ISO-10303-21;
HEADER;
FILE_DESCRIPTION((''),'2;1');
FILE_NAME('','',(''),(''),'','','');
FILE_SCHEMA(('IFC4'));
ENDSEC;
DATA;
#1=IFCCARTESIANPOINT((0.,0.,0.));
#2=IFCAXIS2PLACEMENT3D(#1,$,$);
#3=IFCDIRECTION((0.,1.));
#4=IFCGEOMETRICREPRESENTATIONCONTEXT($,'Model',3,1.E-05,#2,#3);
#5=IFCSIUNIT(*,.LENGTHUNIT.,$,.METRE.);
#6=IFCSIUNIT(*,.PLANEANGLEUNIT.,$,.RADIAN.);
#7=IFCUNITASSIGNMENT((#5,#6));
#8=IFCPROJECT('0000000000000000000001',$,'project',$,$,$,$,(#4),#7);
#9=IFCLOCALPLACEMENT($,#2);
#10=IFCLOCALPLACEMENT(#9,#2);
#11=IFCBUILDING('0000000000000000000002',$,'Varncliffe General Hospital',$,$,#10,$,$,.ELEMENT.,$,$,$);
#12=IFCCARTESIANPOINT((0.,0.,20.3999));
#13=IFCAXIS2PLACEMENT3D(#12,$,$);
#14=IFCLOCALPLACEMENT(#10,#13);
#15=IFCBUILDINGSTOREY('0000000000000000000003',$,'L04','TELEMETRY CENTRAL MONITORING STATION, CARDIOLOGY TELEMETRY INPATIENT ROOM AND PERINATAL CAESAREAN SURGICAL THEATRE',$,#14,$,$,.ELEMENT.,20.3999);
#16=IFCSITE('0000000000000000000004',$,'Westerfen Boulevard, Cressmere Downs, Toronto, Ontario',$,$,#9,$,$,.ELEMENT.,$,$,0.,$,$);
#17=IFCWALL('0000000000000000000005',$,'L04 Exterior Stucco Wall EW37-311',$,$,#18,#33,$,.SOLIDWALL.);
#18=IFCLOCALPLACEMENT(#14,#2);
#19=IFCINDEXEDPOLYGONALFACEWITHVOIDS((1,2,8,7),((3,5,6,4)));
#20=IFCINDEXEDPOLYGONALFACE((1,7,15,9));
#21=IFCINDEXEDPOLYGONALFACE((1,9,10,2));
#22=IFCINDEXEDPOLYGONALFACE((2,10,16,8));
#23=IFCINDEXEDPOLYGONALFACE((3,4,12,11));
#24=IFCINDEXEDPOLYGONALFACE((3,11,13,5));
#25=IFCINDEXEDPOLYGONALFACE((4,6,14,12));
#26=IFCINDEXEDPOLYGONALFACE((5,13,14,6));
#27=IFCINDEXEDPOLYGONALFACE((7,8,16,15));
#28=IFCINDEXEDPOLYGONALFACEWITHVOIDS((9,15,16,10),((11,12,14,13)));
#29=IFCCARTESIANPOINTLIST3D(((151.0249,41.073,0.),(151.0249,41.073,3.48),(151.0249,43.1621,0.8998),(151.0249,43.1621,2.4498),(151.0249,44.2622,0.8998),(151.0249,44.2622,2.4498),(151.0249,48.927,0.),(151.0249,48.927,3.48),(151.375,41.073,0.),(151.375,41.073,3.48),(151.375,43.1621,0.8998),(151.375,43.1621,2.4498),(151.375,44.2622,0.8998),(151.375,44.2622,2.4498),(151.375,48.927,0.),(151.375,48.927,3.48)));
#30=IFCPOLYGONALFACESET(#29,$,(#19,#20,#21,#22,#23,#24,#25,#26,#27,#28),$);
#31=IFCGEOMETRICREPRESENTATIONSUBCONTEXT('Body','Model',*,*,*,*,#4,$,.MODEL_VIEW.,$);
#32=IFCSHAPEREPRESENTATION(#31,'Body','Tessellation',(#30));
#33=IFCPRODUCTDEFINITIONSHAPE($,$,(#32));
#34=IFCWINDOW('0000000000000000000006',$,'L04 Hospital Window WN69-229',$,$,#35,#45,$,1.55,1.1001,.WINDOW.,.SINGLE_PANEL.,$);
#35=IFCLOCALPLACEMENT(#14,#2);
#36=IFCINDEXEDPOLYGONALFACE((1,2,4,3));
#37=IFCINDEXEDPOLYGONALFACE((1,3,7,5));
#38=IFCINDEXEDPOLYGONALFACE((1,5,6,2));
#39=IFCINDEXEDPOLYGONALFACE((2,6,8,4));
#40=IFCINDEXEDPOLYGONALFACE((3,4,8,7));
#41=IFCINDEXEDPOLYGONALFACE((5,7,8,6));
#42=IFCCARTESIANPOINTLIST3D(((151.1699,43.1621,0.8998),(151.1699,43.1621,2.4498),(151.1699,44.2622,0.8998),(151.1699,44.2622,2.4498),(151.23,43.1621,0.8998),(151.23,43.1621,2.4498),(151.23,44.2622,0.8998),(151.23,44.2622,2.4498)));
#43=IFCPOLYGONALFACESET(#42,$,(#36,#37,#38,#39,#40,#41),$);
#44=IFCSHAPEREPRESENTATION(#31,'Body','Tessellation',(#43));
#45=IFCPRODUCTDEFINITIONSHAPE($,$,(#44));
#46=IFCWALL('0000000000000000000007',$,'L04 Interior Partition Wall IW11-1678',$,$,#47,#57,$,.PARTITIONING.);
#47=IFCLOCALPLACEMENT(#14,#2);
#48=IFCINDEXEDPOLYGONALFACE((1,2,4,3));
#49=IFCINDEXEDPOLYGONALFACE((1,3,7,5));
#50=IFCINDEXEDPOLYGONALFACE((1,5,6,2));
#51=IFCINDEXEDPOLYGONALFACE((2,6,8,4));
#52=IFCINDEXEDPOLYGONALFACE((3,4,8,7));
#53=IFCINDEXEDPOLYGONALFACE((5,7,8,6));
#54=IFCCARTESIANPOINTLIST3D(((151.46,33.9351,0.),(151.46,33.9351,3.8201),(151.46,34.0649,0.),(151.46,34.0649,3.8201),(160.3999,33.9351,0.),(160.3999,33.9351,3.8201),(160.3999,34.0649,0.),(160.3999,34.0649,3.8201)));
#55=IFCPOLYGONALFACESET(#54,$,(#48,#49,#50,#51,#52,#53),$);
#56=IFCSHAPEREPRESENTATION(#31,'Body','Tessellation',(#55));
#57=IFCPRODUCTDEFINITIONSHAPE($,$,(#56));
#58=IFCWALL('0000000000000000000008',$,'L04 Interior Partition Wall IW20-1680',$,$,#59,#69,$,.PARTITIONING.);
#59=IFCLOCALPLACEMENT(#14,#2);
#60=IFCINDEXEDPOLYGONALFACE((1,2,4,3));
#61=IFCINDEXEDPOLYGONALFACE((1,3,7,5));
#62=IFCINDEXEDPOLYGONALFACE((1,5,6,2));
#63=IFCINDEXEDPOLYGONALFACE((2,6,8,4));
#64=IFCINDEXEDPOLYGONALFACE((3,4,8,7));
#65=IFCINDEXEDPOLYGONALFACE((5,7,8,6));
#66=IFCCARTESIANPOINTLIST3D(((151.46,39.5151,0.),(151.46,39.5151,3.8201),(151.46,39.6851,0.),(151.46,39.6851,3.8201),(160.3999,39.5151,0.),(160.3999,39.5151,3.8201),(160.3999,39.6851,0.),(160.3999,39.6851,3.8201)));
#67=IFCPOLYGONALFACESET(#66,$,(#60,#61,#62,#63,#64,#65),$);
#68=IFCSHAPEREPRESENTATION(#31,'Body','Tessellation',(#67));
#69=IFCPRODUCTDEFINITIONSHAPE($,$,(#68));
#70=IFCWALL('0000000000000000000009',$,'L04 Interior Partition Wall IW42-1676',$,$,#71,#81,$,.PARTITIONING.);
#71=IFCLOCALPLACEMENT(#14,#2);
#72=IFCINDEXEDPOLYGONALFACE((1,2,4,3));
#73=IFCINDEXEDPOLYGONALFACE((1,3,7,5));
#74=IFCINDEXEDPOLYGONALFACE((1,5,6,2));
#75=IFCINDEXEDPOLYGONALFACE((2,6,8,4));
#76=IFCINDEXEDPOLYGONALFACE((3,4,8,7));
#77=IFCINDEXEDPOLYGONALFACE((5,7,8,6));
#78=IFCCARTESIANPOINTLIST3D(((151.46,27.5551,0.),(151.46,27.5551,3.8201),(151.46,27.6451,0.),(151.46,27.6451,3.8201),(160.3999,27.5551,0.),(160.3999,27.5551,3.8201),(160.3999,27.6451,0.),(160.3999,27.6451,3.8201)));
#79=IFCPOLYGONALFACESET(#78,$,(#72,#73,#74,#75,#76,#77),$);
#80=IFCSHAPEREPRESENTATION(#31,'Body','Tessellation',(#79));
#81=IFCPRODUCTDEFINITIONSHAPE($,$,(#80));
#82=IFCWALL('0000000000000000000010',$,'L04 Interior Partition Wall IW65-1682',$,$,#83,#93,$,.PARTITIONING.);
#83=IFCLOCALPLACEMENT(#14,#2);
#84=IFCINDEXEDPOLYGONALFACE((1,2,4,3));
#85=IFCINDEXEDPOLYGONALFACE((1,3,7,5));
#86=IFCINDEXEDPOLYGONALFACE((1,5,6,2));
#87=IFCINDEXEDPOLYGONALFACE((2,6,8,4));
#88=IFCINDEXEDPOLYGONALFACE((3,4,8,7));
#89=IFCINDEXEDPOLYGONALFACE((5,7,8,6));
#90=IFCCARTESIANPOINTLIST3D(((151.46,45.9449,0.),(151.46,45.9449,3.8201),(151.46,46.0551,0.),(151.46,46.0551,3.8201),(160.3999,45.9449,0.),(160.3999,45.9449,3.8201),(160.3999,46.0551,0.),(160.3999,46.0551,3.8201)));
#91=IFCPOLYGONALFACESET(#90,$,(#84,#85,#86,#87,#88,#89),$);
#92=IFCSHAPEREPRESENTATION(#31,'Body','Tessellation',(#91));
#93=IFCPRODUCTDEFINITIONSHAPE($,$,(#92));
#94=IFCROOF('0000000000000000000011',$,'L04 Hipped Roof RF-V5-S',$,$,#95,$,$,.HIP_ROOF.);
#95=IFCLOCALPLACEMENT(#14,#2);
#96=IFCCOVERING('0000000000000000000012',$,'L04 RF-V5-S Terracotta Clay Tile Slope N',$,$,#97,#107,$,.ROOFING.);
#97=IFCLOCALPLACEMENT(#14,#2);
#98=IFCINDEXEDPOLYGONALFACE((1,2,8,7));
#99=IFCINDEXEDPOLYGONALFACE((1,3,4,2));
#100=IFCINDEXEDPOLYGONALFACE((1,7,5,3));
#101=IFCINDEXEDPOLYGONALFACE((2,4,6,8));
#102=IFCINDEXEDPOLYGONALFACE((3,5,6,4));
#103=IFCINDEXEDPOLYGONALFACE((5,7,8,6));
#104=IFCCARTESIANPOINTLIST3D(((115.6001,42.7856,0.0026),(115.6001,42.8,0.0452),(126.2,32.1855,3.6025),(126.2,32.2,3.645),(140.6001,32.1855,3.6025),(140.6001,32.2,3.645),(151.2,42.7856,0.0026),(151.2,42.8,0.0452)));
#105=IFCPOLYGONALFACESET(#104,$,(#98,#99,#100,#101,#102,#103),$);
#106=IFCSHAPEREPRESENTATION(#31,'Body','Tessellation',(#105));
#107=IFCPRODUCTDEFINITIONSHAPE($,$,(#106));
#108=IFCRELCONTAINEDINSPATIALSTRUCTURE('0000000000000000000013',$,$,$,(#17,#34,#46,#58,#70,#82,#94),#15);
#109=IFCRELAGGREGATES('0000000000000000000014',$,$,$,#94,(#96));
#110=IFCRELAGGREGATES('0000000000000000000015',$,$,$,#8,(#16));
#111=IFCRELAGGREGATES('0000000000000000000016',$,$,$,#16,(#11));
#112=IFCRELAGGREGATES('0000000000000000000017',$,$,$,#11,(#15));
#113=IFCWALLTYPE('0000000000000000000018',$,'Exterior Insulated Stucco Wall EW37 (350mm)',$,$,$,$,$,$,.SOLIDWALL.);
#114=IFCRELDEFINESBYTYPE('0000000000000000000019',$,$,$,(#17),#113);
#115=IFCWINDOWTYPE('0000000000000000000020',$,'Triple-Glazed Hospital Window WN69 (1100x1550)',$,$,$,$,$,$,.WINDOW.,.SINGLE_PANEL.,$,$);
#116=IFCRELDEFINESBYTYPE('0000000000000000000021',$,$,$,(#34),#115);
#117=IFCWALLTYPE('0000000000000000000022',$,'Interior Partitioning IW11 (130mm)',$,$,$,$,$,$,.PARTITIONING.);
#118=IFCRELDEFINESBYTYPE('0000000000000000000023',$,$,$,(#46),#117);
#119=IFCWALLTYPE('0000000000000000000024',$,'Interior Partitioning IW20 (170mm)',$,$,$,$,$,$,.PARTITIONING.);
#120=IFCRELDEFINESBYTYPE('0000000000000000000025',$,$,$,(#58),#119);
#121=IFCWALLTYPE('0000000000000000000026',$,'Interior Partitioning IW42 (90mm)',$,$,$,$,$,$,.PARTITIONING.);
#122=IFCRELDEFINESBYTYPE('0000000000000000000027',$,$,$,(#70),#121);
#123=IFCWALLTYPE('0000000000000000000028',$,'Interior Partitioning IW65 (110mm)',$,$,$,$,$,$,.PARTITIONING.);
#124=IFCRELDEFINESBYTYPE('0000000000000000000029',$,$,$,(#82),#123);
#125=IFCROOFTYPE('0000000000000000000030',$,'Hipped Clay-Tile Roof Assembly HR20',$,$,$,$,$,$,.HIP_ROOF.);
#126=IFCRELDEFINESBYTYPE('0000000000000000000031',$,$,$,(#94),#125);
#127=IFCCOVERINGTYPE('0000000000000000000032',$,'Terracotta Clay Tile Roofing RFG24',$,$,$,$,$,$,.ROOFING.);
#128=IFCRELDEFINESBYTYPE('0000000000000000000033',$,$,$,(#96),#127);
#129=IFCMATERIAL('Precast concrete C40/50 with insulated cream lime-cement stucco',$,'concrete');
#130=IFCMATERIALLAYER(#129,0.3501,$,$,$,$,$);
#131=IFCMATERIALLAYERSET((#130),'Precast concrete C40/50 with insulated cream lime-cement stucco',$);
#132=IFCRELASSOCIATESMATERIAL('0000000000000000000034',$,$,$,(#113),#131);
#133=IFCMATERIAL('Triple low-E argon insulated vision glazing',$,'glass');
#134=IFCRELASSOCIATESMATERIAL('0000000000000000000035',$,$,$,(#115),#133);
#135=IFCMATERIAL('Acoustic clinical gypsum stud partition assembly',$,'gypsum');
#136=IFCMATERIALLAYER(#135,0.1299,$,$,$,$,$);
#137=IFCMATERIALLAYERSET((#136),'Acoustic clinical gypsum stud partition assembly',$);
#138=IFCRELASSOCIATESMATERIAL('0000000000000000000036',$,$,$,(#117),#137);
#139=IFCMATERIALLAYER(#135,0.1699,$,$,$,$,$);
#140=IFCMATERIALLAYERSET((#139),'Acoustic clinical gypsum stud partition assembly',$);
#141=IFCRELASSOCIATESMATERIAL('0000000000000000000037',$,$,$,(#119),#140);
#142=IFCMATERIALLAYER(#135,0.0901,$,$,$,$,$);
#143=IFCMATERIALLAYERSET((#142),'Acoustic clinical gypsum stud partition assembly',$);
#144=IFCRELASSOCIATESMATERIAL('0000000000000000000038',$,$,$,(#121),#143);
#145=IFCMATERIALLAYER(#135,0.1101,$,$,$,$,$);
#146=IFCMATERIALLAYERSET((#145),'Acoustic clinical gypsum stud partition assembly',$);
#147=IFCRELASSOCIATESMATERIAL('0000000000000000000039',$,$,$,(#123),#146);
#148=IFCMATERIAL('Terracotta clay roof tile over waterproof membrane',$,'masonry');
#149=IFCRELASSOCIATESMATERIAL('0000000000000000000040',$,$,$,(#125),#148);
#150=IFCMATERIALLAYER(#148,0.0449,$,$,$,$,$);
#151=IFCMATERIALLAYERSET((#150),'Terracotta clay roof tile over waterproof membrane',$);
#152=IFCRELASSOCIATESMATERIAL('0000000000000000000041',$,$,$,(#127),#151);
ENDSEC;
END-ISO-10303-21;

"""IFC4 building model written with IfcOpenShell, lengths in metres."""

from ifc_helpers import new_model, si_unit, direction, frame, frame_2d, origin, place, context, subcontext, project, spatial, polyline, rectangle, outline, extrude, material, layer, layer_set, type_object, element, fill, aggregate, save


model = new_model("IFC4")

# Units and contexts
model_context = context("Model", 3, precision=1e-05, world=origin(), true_north=direction((0.0, 1.0)))
body_context = subcontext(model_context, "Body", "Model", "MODEL_VIEW")
ifc_project = project(units=[si_unit("LENGTHUNIT", "METRE"), si_unit("PLANEANGLEUNIT", "RADIAN")], contexts=[model_context])

# Site, building, storey
site_placement = place(None, origin())
site = spatial("IfcSite", under=ifc_project, at=site_placement, Name="Westerfen Boulevard, Cressmere Downs, Toronto, Ontario", CompositionType="ELEMENT", RefElevation=0.0)
building_placement = place(site_placement, origin())
building = spatial("IfcBuilding", under=site, at=building_placement, Name="Varncliffe General Hospital", CompositionType="ELEMENT")
storey_placement = place(building_placement, frame((0.0, 0.0, 20.3999)))
storey = spatial("IfcBuildingStorey", under=building, at=storey_placement, Name="L04", Description="TELEMETRY CENTRAL MONITORING STATION, CARDIOLOGY TELEMETRY INPATIENT ROOM AND PERINATAL CAESAREAN SURGICAL THEATRE", CompositionType="ELEMENT", Elevation=20.3999)

# Wall, opening, window
ifc_material_1 = material(Name="Precast concrete C40/50 with insulated cream lime-cement stucco", Category="concrete")
ifc_material_2 = material(Name="Triple low-E argon insulated vision glazing", Category="glass")
ifc_layer_1 = layer(ifc_material_1, 0.3501)
ifc_layer_set_1 = layer_set([ifc_layer_1], Name="Precast concrete C40/50 with insulated cream lime-cement stucco")
wall_type_1 = type_object("IfcWallType", Name="Exterior Insulated Stucco Wall EW37 (350mm)", PredefinedType="SOLIDWALL", material=ifc_layer_set_1)
wall_1_placement = place(storey_placement, frame((151.2, 41.073, 0.0), z_axis=(0.0, 0.0, 1.0), x_axis=(0.0, 1.0, 0.0)))
wall_1 = element("IfcWall", 1, at=wall_1_placement, inside=storey, type_object=wall_type_1, Name="L04 Exterior Stucco Wall EW37-311", PredefinedType="SOLIDWALL", context=body_context, shape_type="SweptSolid", body=[
    extrude(rectangle(XDim=7.854, YDim=0.3501, at=frame_2d((3.927, 0.0))), origin(), (0.0, 0.0, 1.0), 3.48),
])
opening_1_placement = place(wall_1_placement, frame((2.0891, 0.0, 0.8999)))
opening_1 = element("IfcOpeningElement", 2, at=opening_1_placement, cuts=wall_1, PredefinedType="OPENING", context=body_context, shape_type="SweptSolid", body=[
    extrude(rectangle(XDim=1.1001, YDim=1.55, at=frame_2d((0.55, 0.7749))), frame((0.0, 0.1851, 0.0), z_axis=(0.0, -1.0, 0.0), x_axis=(1.0, 0.0, 0.0)), (0.0, 0.0, 1.0), 0.3701),
])
window_type_1 = type_object("IfcWindowType", Name="Triple-Glazed Hospital Window WN69 (1100x1550)", PartitioningType="SINGLE_PANEL", PredefinedType="WINDOW", material=ifc_material_2)
window_1_placement = place(opening_1_placement, origin())
window_1 = element("IfcWindow", 3, at=window_1_placement, inside=storey, type_object=window_type_1, Name="L04 Hospital Window WN69-229", OverallHeight=1.55, OverallWidth=1.1001, PartitioningType="SINGLE_PANEL", PredefinedType="WINDOW", context=body_context, shape_type="SweptSolid", body=[
    extrude(rectangle(XDim=1.1001, YDim=1.55, at=frame_2d((0.55, 0.7749))), frame((0.0, 0.03, 0.0), z_axis=(0.0, -1.0, 0.0), x_axis=(1.0, 0.0, 0.0)), (0.0, 0.0, 1.0), 0.0601),
])
fill(opening_1, window_1)

# Walls
ifc_material_3 = material(Name="Acoustic clinical gypsum stud partition assembly", Category="gypsum")
ifc_layer_2 = layer(ifc_material_3, 0.1299)
ifc_layer_set_2 = layer_set([ifc_layer_2], Name="Acoustic clinical gypsum stud partition assembly")
wall_type_2 = type_object("IfcWallType", Name="Interior Partitioning IW11 (130mm)", PredefinedType="PARTITIONING", material=ifc_layer_set_2)
wall_2_placement = place(storey_placement, frame((151.46, 34.0, 0.0), z_axis=(0.0, 0.0, 1.0), x_axis=(1.0, 0.0, 0.0)))
element("IfcWall", 4, at=wall_2_placement, inside=storey, type_object=wall_type_2, Name="L04 Interior Partition Wall IW11-1678", PredefinedType="PARTITIONING", context=body_context, shape_type="SweptSolid", body=[
    extrude(rectangle(XDim=8.9399, YDim=0.1299, at=frame_2d((4.47, 0.0))), origin(), (0.0, 0.0, 1.0), 3.8201),
])
ifc_layer_3 = layer(ifc_material_3, 0.1699)
ifc_layer_set_3 = layer_set([ifc_layer_3], Name="Acoustic clinical gypsum stud partition assembly")
wall_type_3 = type_object("IfcWallType", Name="Interior Partitioning IW20 (170mm)", PredefinedType="PARTITIONING", material=ifc_layer_set_3)
wall_3_placement = place(storey_placement, frame((151.46, 39.6001, 0.0), z_axis=(0.0, 0.0, 1.0), x_axis=(1.0, 0.0, 0.0)))
element("IfcWall", 5, at=wall_3_placement, inside=storey, type_object=wall_type_3, Name="L04 Interior Partition Wall IW20-1680", PredefinedType="PARTITIONING", context=body_context, shape_type="SweptSolid", body=[
    extrude(rectangle(XDim=8.9399, YDim=0.1699, at=frame_2d((4.47, 0.0))), origin(), (0.0, 0.0, 1.0), 3.8201),
])
ifc_layer_4 = layer(ifc_material_3, 0.0901)
ifc_layer_set_4 = layer_set([ifc_layer_4], Name="Acoustic clinical gypsum stud partition assembly")
wall_type_4 = type_object("IfcWallType", Name="Interior Partitioning IW42 (90mm)", PredefinedType="PARTITIONING", material=ifc_layer_set_4)
wall_4_placement = place(storey_placement, frame((151.46, 27.6001, 0.0), z_axis=(0.0, 0.0, 1.0), x_axis=(1.0, 0.0, 0.0)))
element("IfcWall", 6, at=wall_4_placement, inside=storey, type_object=wall_type_4, Name="L04 Interior Partition Wall IW42-1676", PredefinedType="PARTITIONING", context=body_context, shape_type="SweptSolid", body=[
    extrude(rectangle(XDim=8.9399, YDim=0.0901, at=frame_2d((4.47, 0.0))), origin(), (0.0, 0.0, 1.0), 3.8201),
])
ifc_layer_5 = layer(ifc_material_3, 0.1101)
ifc_layer_set_5 = layer_set([ifc_layer_5], Name="Acoustic clinical gypsum stud partition assembly")
wall_type_5 = type_object("IfcWallType", Name="Interior Partitioning IW65 (110mm)", PredefinedType="PARTITIONING", material=ifc_layer_set_5)
wall_5_placement = place(storey_placement, frame((151.46, 46.0, 0.0), z_axis=(0.0, 0.0, 1.0), x_axis=(1.0, 0.0, 0.0)))
element("IfcWall", 7, at=wall_5_placement, inside=storey, type_object=wall_type_5, Name="L04 Interior Partition Wall IW65-1682", PredefinedType="PARTITIONING", context=body_context, shape_type="SweptSolid", body=[
    extrude(rectangle(XDim=8.9399, YDim=0.1101, at=frame_2d((4.47, 0.0))), origin(), (0.0, 0.0, 1.0), 3.8201),
])

# Roof, covering
ifc_material_4 = material(Name="Terracotta clay roof tile over waterproof membrane", Category="masonry")
roof_type = type_object("IfcRoofType", Name="Hipped Clay-Tile Roof Assembly HR20", PredefinedType="HIP_ROOF", material=ifc_material_4)
roof_placement = place(storey_placement, origin())
roof = element("IfcRoof", 8, at=roof_placement, inside=storey, type_object=roof_type, Name="L04 Hipped Roof RF-V5-S", PredefinedType="HIP_ROOF")
ifc_layer_6 = layer(ifc_material_4, 0.0449)
ifc_layer_set_6 = layer_set([ifc_layer_6], Name="Terracotta clay roof tile over waterproof membrane")
covering_type = type_object("IfcCoveringType", Name="Terracotta Clay Tile Roofing RFG24", PredefinedType="ROOFING", material=ifc_layer_set_6)
covering_placement = place(storey_placement, frame((151.2, 42.8, 0.0452), z_axis=(0.0, 0.321568, 0.946886), x_axis=(-1.0, 0.0, 0.0)))
covering = element("IfcCovering", 9, at=covering_placement, type_object=covering_type, Name="L04 RF-V5-S Terracotta Clay Tile Slope N", PredefinedType="ROOFING", context=body_context, shape_type="SweptSolid", body=[
    extrude(outline(polyline([(0.0, 0.0), (35.5999, 0.0), (25.0, 11.1947), (10.5999, 11.1947), (0.0, 0.0)])), origin(), (0.0, 0.0, -1.0), 0.0449),
])
aggregate(roof, [covering])

save(model, "model.ifc")
